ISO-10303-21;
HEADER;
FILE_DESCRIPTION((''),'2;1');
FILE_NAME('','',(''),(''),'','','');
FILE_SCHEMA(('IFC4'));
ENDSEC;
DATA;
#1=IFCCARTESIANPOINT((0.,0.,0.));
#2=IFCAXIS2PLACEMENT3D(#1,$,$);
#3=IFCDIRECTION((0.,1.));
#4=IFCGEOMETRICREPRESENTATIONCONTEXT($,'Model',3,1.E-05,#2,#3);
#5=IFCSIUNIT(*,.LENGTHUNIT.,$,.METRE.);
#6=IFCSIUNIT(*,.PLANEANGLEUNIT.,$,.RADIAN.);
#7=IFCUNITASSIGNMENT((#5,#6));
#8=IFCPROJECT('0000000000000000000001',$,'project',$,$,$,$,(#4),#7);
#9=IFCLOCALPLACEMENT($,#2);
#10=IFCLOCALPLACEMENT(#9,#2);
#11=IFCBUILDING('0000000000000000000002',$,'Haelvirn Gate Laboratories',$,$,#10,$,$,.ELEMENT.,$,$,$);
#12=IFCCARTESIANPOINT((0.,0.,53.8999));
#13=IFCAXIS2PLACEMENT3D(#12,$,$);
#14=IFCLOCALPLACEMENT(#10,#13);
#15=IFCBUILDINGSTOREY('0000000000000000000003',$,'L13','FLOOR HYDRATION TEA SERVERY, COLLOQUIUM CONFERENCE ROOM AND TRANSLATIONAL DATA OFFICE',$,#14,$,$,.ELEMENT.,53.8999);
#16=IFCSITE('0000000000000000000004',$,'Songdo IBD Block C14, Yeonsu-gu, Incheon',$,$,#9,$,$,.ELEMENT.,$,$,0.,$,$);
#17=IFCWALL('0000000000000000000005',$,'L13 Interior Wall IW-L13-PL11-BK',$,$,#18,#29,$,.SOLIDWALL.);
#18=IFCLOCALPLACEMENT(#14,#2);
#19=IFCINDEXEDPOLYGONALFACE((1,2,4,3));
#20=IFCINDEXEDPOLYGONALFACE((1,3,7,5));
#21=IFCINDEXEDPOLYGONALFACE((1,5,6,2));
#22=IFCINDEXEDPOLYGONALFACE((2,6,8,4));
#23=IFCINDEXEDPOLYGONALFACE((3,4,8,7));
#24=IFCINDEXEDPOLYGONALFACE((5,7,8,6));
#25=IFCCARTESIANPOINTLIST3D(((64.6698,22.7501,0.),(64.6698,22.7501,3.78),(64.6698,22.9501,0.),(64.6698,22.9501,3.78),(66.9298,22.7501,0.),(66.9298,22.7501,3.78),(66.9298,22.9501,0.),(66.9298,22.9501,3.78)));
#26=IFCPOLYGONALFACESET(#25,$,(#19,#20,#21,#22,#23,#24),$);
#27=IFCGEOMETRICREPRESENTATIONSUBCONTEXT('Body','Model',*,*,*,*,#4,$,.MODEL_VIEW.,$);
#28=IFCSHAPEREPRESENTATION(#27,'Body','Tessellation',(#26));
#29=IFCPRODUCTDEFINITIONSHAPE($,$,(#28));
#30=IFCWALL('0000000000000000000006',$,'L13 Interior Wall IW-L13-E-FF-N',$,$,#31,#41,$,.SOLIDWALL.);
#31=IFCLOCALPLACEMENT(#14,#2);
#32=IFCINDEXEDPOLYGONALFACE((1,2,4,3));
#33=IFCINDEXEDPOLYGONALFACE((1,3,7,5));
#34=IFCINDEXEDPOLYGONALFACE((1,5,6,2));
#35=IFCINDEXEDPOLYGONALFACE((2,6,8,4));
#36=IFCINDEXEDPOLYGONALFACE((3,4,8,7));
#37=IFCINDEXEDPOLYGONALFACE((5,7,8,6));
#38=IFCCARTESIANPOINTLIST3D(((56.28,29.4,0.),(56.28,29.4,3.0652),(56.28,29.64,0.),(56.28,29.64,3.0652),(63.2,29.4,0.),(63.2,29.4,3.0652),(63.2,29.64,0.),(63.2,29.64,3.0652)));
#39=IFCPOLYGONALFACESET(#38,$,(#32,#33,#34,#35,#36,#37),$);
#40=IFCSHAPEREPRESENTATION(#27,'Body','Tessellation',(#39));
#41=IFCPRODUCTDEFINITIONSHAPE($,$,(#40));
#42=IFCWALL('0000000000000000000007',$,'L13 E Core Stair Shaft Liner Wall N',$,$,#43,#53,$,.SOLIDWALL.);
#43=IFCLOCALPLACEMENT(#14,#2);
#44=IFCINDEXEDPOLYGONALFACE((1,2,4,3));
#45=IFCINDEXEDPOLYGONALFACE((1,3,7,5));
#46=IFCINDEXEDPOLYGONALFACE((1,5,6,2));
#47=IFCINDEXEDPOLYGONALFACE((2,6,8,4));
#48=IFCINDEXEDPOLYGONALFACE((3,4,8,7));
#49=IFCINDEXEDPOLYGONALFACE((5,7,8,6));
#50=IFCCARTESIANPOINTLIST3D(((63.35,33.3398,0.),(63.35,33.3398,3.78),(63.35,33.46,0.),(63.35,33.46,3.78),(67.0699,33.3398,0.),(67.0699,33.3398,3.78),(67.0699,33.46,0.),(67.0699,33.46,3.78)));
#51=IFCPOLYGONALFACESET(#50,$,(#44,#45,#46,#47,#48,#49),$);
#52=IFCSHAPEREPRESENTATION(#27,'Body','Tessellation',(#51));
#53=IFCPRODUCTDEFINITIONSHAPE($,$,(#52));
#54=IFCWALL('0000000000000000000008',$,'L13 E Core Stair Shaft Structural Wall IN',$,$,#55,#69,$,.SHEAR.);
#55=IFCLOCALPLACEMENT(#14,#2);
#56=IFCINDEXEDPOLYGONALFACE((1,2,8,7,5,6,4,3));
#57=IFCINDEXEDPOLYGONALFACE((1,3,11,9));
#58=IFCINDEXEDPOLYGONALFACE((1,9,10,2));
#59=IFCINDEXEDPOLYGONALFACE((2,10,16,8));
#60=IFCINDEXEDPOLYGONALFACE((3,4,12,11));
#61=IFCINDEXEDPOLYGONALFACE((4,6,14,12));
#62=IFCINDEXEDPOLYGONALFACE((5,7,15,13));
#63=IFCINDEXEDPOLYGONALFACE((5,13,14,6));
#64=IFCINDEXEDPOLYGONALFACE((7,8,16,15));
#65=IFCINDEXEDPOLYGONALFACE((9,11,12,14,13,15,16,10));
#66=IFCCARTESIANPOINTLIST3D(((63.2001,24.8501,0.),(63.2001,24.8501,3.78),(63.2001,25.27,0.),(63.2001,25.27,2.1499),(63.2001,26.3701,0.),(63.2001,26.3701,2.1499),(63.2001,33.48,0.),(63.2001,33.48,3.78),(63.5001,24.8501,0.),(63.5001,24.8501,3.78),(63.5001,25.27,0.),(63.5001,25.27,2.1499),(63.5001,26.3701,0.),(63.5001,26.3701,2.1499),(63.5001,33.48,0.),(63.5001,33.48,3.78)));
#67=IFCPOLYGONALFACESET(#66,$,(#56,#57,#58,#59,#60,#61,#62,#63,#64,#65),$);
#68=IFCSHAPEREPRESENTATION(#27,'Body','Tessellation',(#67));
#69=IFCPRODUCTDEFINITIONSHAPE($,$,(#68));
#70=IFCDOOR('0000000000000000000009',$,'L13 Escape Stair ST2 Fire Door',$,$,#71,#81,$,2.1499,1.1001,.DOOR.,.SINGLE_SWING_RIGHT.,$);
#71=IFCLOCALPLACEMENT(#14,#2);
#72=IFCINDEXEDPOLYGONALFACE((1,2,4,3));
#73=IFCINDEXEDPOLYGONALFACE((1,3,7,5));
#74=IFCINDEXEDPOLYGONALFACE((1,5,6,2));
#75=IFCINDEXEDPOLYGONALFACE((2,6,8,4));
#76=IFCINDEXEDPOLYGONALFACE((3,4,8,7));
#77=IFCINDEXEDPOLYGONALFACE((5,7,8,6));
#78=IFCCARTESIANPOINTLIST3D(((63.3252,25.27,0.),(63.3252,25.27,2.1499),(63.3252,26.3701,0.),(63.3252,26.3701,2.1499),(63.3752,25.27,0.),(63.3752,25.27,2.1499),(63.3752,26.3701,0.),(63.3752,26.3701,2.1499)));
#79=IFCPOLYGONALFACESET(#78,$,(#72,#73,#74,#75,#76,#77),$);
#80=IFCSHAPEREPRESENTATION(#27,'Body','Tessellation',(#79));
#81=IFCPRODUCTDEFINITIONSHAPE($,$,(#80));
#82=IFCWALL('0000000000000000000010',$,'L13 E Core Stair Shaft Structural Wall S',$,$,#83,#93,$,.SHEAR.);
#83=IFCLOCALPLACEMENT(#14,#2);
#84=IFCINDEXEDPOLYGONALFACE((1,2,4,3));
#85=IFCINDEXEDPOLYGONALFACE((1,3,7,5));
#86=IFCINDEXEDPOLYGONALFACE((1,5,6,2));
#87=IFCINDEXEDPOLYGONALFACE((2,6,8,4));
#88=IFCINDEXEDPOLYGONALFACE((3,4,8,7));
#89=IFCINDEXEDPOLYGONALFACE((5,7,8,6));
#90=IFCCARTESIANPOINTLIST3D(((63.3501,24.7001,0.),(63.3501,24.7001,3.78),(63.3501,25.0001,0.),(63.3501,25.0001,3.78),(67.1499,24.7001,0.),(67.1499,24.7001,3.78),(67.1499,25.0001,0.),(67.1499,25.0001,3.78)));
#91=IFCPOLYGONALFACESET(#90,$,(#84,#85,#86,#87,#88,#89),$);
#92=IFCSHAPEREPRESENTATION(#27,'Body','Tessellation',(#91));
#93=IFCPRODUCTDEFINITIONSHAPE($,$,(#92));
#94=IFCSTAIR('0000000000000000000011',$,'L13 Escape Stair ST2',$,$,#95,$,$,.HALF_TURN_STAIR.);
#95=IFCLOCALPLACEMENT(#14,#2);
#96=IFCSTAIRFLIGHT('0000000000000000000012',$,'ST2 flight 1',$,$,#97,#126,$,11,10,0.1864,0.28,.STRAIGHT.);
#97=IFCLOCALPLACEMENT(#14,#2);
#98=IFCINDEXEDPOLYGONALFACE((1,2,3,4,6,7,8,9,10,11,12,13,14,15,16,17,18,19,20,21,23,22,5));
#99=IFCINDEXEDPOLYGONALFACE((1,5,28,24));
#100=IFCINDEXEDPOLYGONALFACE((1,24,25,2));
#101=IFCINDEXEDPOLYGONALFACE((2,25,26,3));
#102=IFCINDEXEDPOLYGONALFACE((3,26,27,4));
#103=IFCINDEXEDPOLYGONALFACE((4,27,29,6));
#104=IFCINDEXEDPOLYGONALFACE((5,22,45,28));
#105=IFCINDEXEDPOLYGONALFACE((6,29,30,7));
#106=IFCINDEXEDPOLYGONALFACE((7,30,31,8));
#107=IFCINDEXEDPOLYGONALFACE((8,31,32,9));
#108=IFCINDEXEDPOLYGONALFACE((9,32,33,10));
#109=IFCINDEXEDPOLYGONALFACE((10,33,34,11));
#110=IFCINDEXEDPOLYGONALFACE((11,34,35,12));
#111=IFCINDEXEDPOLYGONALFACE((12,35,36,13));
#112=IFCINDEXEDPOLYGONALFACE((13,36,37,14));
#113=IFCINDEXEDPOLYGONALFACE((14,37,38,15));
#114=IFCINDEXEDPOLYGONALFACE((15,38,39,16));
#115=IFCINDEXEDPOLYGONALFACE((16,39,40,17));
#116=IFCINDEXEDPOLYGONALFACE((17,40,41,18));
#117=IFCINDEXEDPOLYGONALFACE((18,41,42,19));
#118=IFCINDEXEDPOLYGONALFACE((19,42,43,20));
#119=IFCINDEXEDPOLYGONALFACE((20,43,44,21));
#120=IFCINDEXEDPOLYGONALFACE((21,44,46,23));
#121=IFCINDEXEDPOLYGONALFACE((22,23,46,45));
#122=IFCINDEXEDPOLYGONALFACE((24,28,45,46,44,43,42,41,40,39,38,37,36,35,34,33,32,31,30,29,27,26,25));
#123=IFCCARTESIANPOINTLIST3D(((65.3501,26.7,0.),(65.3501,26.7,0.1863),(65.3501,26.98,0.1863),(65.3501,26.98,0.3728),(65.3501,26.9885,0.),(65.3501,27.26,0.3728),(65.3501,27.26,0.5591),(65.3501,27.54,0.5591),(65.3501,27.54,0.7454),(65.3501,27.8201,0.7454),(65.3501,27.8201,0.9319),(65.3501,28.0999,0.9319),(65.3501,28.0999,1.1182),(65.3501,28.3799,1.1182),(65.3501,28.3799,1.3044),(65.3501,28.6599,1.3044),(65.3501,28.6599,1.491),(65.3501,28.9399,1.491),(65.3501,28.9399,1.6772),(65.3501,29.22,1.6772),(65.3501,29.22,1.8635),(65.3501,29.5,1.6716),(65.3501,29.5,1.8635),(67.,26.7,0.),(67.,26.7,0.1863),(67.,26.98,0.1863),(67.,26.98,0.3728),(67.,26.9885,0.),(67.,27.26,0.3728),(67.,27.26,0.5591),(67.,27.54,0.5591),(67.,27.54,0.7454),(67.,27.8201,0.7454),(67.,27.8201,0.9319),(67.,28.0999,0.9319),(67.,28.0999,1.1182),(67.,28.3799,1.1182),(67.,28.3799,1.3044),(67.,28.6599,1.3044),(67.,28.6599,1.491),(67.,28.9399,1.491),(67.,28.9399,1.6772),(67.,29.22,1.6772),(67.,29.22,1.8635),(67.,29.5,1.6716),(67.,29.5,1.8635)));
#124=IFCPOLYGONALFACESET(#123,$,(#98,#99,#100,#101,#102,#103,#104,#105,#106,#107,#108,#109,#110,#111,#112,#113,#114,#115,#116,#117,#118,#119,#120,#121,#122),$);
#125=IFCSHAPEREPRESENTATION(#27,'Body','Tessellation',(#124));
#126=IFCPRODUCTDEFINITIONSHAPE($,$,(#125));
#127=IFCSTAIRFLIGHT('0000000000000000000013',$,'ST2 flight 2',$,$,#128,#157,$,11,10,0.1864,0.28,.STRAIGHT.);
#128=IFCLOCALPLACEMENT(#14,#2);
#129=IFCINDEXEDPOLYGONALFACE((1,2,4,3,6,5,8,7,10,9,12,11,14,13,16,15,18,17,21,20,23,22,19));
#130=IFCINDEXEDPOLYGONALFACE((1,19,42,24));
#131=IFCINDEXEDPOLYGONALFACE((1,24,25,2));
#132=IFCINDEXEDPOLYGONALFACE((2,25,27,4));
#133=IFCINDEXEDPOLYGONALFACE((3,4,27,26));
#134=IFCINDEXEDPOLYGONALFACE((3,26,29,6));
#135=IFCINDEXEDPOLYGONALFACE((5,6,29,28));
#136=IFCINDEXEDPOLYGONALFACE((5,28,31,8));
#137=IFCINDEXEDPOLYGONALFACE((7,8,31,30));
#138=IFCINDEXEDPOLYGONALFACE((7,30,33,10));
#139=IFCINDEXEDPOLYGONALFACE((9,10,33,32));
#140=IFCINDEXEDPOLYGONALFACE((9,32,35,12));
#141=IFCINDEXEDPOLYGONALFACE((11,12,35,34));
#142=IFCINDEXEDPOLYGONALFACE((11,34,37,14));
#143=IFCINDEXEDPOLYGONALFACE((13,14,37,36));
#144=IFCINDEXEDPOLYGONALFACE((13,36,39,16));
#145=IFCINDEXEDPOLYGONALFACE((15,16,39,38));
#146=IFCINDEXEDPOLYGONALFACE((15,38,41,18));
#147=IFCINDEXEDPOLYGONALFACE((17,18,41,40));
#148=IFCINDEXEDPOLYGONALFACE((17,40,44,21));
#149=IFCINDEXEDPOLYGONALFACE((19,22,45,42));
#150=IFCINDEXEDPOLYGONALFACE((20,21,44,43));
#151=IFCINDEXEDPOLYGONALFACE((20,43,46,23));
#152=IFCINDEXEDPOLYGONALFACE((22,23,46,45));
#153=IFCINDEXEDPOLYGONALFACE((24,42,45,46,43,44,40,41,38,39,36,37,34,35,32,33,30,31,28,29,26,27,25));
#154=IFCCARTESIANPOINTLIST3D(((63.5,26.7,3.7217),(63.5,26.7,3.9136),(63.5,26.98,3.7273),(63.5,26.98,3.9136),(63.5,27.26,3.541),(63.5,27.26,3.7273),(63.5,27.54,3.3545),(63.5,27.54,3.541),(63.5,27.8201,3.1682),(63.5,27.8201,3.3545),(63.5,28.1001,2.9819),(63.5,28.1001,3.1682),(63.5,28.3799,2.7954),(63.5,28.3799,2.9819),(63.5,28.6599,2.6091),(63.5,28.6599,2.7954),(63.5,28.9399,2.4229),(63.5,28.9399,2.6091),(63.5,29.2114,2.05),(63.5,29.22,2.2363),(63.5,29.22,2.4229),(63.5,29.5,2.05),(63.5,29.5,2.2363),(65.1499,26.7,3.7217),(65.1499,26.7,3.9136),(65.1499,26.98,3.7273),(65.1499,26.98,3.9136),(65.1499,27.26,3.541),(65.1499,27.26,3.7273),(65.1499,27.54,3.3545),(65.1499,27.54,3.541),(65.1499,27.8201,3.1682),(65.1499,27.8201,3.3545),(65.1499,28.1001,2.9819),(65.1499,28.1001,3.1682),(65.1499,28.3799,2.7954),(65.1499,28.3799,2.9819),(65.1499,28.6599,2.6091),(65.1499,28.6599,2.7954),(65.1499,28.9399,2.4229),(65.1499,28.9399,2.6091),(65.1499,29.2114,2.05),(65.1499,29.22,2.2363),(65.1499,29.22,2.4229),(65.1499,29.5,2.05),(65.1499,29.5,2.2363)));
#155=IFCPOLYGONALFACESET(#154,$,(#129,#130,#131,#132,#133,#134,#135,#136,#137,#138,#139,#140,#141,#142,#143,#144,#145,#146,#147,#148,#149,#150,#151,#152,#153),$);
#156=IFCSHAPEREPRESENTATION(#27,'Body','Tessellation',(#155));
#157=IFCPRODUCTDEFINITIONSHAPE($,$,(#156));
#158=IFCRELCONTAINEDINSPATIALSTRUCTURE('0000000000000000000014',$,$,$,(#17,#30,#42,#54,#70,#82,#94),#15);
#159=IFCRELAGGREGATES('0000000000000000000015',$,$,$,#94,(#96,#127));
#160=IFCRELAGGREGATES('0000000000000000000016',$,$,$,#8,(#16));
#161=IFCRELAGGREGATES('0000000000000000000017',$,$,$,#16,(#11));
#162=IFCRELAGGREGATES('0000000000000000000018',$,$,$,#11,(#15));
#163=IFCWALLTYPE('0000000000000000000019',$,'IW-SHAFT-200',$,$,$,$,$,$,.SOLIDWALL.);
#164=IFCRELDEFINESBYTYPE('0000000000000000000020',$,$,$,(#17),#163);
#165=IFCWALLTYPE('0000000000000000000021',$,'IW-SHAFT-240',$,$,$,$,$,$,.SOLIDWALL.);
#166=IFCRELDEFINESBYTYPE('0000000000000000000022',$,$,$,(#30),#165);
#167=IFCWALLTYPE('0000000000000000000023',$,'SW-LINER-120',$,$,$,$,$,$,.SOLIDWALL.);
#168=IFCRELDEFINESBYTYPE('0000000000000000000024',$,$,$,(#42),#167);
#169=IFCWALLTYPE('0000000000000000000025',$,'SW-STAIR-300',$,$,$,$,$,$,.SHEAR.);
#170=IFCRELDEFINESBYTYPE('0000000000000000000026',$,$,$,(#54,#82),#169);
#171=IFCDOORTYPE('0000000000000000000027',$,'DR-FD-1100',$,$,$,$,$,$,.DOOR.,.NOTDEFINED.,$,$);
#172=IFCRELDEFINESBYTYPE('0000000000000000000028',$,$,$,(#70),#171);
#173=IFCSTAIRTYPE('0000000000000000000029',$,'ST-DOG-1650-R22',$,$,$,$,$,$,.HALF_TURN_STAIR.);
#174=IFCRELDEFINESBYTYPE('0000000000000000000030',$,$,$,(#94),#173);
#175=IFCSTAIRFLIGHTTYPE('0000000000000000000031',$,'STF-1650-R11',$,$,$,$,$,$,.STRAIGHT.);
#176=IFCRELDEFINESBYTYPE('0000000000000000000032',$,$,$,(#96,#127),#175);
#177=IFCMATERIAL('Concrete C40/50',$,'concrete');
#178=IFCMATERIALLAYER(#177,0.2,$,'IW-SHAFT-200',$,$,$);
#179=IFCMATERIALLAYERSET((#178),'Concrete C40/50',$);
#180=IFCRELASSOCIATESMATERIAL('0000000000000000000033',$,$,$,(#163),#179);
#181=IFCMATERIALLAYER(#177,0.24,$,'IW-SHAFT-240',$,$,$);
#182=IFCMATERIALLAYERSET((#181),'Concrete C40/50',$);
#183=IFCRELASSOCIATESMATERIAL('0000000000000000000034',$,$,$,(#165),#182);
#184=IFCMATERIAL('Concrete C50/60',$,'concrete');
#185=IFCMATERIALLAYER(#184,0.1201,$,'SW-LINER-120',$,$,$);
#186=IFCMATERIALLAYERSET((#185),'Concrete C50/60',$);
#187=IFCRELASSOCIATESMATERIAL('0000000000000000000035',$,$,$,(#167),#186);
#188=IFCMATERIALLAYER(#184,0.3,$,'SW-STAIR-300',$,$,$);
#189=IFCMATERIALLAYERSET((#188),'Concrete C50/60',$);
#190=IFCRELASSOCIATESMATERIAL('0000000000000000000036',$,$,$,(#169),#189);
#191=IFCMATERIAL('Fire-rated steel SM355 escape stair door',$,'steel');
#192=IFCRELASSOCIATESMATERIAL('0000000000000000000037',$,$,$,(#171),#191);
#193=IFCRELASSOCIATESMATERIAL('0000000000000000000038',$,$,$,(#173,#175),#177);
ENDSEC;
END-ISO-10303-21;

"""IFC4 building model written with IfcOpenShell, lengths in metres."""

from ifc_helpers import new_model, si_unit, direction, frame, frame_2d, origin, place, context, subcontext, project, spatial, polyline, rectangle, outline, extrude, source, transform, mapped, material, layer, layer_set, type_object, type_shapes, element, fill, aggregate, save


model = new_model("IFC4")

# Units and contexts
model_context = context("Model", 3, precision=1e-05, world=origin(), true_north=direction((0.0, 1.0)))
body_context = subcontext(model_context, "Body", "Model", "MODEL_VIEW")
ifc_project = project(units=[si_unit("LENGTHUNIT", "METRE"), si_unit("PLANEANGLEUNIT", "RADIAN")], contexts=[model_context])

# Site, building, storey
site_placement = place(None, origin())
site = spatial("IfcSite", under=ifc_project, at=site_placement, Name="Songdo IBD Block C14, Yeonsu-gu, Incheon", CompositionType="ELEMENT", RefElevation=0.0)
building_placement = place(site_placement, origin())
building = spatial("IfcBuilding", under=site, at=building_placement, Name="Haelvirn Gate Laboratories", CompositionType="ELEMENT")
storey_placement = place(building_placement, frame((0.0, 0.0, 53.8999)))
storey = spatial("IfcBuildingStorey", under=building, at=storey_placement, Name="L13", Description="FLOOR HYDRATION TEA SERVERY, COLLOQUIUM CONFERENCE ROOM AND TRANSLATIONAL DATA OFFICE", CompositionType="ELEMENT", Elevation=53.8999)

# Walls
ifc_material_1 = material(Name="Concrete C40/50", Category="concrete")
ifc_layer_1 = layer(ifc_material_1, 0.2, Name="IW-SHAFT-200")
ifc_layer_set_1 = layer_set([ifc_layer_1], Name="Concrete C40/50")
wall_type_1 = type_object("IfcWallType", Name="IW-SHAFT-200", PredefinedType="SOLIDWALL", material=ifc_layer_set_1)
wall_1_placement = place(storey_placement, frame((64.6699, 22.8501, 0.0), z_axis=(0.0, 0.0, 1.0), x_axis=(1.0, 0.0, 0.0)))
element("IfcWall", 1, at=wall_1_placement, inside=storey, type_object=wall_type_1, Name="L13 Interior Wall IW-L13-PL11-BK", PredefinedType="SOLIDWALL", context=body_context, shape_type="SweptSolid", body=[
    extrude(rectangle(XDim=2.26, YDim=0.2, at=frame_2d((1.1299, 0.0))), origin(), (0.0, 0.0, 1.0), 3.78),
])
ifc_layer_2 = layer(ifc_material_1, 0.24, Name="IW-SHAFT-240")
ifc_layer_set_2 = layer_set([ifc_layer_2], Name="Concrete C40/50")
wall_type_2 = type_object("IfcWallType", Name="IW-SHAFT-240", PredefinedType="SOLIDWALL", material=ifc_layer_set_2)
wall_2_placement = place(storey_placement, frame((56.28, 29.52, 0.0), z_axis=(0.0, 0.0, 1.0), x_axis=(1.0, 0.0, 0.0)))
element("IfcWall", 2, at=wall_2_placement, inside=storey, type_object=wall_type_2, Name="L13 Interior Wall IW-L13-E-FF-N", PredefinedType="SOLIDWALL", context=body_context, shape_type="SweptSolid", body=[
    extrude(rectangle(XDim=6.9199, YDim=0.24, at=frame_2d((3.46, 0.0))), origin(), (0.0, 0.0, 1.0), 3.0652),
])
ifc_material_2 = material(Name="Concrete C50/60", Category="concrete")
ifc_layer_3 = layer(ifc_material_2, 0.1201, Name="SW-LINER-120")
ifc_layer_set_3 = layer_set([ifc_layer_3], Name="Concrete C50/60")
wall_type_3 = type_object("IfcWallType", Name="SW-LINER-120", PredefinedType="SOLIDWALL", material=ifc_layer_set_3)
wall_3_placement = place(storey_placement, frame((63.3501, 33.3999, 0.0), z_axis=(0.0, 0.0, 1.0), x_axis=(1.0, 0.0, 0.0)))
element("IfcWall", 3, at=wall_3_placement, inside=storey, type_object=wall_type_3, Name="L13 E Core Stair Shaft Liner Wall N", PredefinedType="SOLIDWALL", context=body_context, shape_type="SweptSolid", body=[
    extrude(rectangle(XDim=3.72, YDim=0.1201, at=frame_2d((1.8599, 0.0))), origin(), (0.0, 0.0, 1.0), 3.78),
])

# Wall, opening, door
ifc_layer_4 = layer(ifc_material_2, 0.3, Name="SW-STAIR-300")
ifc_layer_set_4 = layer_set([ifc_layer_4], Name="Concrete C50/60")
wall_type_4 = type_object("IfcWallType", Name="SW-STAIR-300", PredefinedType="SHEAR", material=ifc_layer_set_4)
wall_4_placement = place(storey_placement, frame((63.3501, 24.8501, 0.0), z_axis=(0.0, 0.0, 1.0), x_axis=(0.0, 1.0, 0.0)))
wall_4 = element("IfcWall", 4, at=wall_4_placement, inside=storey, type_object=wall_type_4, Name="L13 E Core Stair Shaft Structural Wall IN", PredefinedType="SHEAR", context=body_context, shape_type="SweptSolid", body=[
    extrude(rectangle(XDim=8.6299, YDim=0.3, at=frame_2d((4.3149, 0.0))), origin(), (0.0, 0.0, 1.0), 3.78),
])
opening_1_placement = place(wall_4_placement, frame((0.4199, 0.0, 0.0)))
opening_1 = element("IfcOpeningElement", 5, at=opening_1_placement, cuts=wall_4, PredefinedType="OPENING", context=body_context, shape_type="SweptSolid", body=[
    extrude(rectangle(XDim=1.1001, YDim=2.1499, at=frame_2d((0.55, 1.075))), frame((0.0, 0.1602, 0.0), z_axis=(0.0, -1.0, 0.0), x_axis=(1.0, 0.0, 0.0)), (0.0, 0.0, 1.0), 0.3201),
])
ifc_material_3 = material(Name="Fire-rated steel SM355 escape stair door", Category="steel")
door_type_1 = type_object("IfcDoorType", Name="DR-FD-1100", OperationType="NOTDEFINED", PredefinedType="DOOR", material=ifc_material_3)
shared_shape_1 = source(origin(), body_context, "Body", "SweptSolid", [
    extrude(rectangle(XDim=1.1001, YDim=2.1499, at=frame_2d((0.55, 1.075))), frame((0.0, 0.0249, 0.0), z_axis=(0.0, -1.0, 0.0), x_axis=(1.0, 0.0, 0.0)), (0.0, 0.0, 1.0), 0.05),
])
type_shapes(door_type_1, [shared_shape_1])
door_1_placement = place(opening_1_placement, origin())
door_1 = element("IfcDoor", 6, at=door_1_placement, inside=storey, type_object=door_type_1, Name="L13 Escape Stair ST2 Fire Door", OperationType="SINGLE_SWING_RIGHT", OverallHeight=2.1499, OverallWidth=1.1001, PredefinedType="DOOR", context=body_context, shape_type="MappedRepresentation", body=[
    mapped(shared_shape_1, transform((0.0, 0.0, 0.0), scale=1.0)),
])
fill(opening_1, door_1)

# Wall
wall_5_placement = place(storey_placement, frame((63.3501, 24.8501, 0.0), z_axis=(0.0, 0.0, 1.0), x_axis=(1.0, 0.0, 0.0)))
element("IfcWall", 7, at=wall_5_placement, inside=storey, type_object=wall_type_4, Name="L13 E Core Stair Shaft Structural Wall S", PredefinedType="SHEAR", context=body_context, shape_type="SweptSolid", body=[
    extrude(rectangle(XDim=3.7998, YDim=0.3, at=frame_2d((1.8999, 0.0))), origin(), (0.0, 0.0, 1.0), 3.78),
])

# Stair, stair flights
stair_type = type_object("IfcStairType", Name="ST-DOG-1650-R22", PredefinedType="HALF_TURN_STAIR", material=ifc_material_1)
stair_placement = place(storey_placement, origin())
stair = element("IfcStair", 8, at=stair_placement, inside=storey, type_object=stair_type, Name="L13 Escape Stair ST2", PredefinedType="HALF_TURN_STAIR")
stair_flight_type = type_object("IfcStairFlightType", Name="STF-1650-R11", PredefinedType="STRAIGHT", material=ifc_material_1)
shared_shape_2 = source(origin(), body_context, "Body", "SweptSolid", [
    extrude(outline(polyline([(0.0, 0.0), (0.0, 0.1863), (0.28, 0.1863), (0.28, 0.3728), (0.5601, 0.3728), (0.5601, 0.5591), (0.8401, 0.5591), (0.8401, 0.7454), (1.1201, 0.7454), (1.1201, 0.9319), (1.3999, 0.9319), (1.3999, 1.1182), (1.6799, 1.1182), (1.6799, 1.3044), (1.96, 1.3044), (1.96, 1.491), (2.24, 1.491), (2.24, 1.6772), (2.52, 1.6772), (2.52, 1.8635), (2.8, 1.8635), (2.8, 2.05), (2.8, 1.6716), (0.2886, 0.0), (0.0, 0.0)])), frame((0.0, 0.825, 0.0), z_axis=(0.0, -1.0, 0.0), x_axis=(1.0, 0.0, 0.0)), (0.0, 0.0, 1.0), 1.6499),
])
type_shapes(stair_flight_type, [shared_shape_2])
stair_flight_1_placement = place(storey_placement, frame((66.175, 26.7, 0.0), z_axis=(0.0, 0.0, 1.0), x_axis=(0.0, 1.0, 0.0)))
stair_flight_1 = element("IfcStairFlight", 9, at=stair_flight_1_placement, type_object=stair_flight_type, Name="ST2 flight 1", NumberOfRisers=11, NumberOfTreads=10, PredefinedType="STRAIGHT", RiserHeight=0.1864, TreadLength=0.28, context=body_context, shape_type="MappedRepresentation", body=[
    mapped(shared_shape_2, transform((0.0, 0.0, 0.0), scale=1.0)),
])
stair_flight_2_placement = place(storey_placement, frame((64.325, 29.5, 2.05), z_axis=(0.0, 0.0, 1.0), x_axis=(0.0, -1.0, 0.0)))
stair_flight_2 = element("IfcStairFlight", 10, at=stair_flight_2_placement, type_object=stair_flight_type, Name="ST2 flight 2", NumberOfRisers=11, NumberOfTreads=10, PredefinedType="STRAIGHT", RiserHeight=0.1864, TreadLength=0.28, context=body_context, shape_type="MappedRepresentation", body=[
    mapped(shared_shape_2, transform((0.0, 0.0, 0.0), scale=1.0)),
])
aggregate(stair, [stair_flight_1, stair_flight_2])

save(model, "model.ifc")
